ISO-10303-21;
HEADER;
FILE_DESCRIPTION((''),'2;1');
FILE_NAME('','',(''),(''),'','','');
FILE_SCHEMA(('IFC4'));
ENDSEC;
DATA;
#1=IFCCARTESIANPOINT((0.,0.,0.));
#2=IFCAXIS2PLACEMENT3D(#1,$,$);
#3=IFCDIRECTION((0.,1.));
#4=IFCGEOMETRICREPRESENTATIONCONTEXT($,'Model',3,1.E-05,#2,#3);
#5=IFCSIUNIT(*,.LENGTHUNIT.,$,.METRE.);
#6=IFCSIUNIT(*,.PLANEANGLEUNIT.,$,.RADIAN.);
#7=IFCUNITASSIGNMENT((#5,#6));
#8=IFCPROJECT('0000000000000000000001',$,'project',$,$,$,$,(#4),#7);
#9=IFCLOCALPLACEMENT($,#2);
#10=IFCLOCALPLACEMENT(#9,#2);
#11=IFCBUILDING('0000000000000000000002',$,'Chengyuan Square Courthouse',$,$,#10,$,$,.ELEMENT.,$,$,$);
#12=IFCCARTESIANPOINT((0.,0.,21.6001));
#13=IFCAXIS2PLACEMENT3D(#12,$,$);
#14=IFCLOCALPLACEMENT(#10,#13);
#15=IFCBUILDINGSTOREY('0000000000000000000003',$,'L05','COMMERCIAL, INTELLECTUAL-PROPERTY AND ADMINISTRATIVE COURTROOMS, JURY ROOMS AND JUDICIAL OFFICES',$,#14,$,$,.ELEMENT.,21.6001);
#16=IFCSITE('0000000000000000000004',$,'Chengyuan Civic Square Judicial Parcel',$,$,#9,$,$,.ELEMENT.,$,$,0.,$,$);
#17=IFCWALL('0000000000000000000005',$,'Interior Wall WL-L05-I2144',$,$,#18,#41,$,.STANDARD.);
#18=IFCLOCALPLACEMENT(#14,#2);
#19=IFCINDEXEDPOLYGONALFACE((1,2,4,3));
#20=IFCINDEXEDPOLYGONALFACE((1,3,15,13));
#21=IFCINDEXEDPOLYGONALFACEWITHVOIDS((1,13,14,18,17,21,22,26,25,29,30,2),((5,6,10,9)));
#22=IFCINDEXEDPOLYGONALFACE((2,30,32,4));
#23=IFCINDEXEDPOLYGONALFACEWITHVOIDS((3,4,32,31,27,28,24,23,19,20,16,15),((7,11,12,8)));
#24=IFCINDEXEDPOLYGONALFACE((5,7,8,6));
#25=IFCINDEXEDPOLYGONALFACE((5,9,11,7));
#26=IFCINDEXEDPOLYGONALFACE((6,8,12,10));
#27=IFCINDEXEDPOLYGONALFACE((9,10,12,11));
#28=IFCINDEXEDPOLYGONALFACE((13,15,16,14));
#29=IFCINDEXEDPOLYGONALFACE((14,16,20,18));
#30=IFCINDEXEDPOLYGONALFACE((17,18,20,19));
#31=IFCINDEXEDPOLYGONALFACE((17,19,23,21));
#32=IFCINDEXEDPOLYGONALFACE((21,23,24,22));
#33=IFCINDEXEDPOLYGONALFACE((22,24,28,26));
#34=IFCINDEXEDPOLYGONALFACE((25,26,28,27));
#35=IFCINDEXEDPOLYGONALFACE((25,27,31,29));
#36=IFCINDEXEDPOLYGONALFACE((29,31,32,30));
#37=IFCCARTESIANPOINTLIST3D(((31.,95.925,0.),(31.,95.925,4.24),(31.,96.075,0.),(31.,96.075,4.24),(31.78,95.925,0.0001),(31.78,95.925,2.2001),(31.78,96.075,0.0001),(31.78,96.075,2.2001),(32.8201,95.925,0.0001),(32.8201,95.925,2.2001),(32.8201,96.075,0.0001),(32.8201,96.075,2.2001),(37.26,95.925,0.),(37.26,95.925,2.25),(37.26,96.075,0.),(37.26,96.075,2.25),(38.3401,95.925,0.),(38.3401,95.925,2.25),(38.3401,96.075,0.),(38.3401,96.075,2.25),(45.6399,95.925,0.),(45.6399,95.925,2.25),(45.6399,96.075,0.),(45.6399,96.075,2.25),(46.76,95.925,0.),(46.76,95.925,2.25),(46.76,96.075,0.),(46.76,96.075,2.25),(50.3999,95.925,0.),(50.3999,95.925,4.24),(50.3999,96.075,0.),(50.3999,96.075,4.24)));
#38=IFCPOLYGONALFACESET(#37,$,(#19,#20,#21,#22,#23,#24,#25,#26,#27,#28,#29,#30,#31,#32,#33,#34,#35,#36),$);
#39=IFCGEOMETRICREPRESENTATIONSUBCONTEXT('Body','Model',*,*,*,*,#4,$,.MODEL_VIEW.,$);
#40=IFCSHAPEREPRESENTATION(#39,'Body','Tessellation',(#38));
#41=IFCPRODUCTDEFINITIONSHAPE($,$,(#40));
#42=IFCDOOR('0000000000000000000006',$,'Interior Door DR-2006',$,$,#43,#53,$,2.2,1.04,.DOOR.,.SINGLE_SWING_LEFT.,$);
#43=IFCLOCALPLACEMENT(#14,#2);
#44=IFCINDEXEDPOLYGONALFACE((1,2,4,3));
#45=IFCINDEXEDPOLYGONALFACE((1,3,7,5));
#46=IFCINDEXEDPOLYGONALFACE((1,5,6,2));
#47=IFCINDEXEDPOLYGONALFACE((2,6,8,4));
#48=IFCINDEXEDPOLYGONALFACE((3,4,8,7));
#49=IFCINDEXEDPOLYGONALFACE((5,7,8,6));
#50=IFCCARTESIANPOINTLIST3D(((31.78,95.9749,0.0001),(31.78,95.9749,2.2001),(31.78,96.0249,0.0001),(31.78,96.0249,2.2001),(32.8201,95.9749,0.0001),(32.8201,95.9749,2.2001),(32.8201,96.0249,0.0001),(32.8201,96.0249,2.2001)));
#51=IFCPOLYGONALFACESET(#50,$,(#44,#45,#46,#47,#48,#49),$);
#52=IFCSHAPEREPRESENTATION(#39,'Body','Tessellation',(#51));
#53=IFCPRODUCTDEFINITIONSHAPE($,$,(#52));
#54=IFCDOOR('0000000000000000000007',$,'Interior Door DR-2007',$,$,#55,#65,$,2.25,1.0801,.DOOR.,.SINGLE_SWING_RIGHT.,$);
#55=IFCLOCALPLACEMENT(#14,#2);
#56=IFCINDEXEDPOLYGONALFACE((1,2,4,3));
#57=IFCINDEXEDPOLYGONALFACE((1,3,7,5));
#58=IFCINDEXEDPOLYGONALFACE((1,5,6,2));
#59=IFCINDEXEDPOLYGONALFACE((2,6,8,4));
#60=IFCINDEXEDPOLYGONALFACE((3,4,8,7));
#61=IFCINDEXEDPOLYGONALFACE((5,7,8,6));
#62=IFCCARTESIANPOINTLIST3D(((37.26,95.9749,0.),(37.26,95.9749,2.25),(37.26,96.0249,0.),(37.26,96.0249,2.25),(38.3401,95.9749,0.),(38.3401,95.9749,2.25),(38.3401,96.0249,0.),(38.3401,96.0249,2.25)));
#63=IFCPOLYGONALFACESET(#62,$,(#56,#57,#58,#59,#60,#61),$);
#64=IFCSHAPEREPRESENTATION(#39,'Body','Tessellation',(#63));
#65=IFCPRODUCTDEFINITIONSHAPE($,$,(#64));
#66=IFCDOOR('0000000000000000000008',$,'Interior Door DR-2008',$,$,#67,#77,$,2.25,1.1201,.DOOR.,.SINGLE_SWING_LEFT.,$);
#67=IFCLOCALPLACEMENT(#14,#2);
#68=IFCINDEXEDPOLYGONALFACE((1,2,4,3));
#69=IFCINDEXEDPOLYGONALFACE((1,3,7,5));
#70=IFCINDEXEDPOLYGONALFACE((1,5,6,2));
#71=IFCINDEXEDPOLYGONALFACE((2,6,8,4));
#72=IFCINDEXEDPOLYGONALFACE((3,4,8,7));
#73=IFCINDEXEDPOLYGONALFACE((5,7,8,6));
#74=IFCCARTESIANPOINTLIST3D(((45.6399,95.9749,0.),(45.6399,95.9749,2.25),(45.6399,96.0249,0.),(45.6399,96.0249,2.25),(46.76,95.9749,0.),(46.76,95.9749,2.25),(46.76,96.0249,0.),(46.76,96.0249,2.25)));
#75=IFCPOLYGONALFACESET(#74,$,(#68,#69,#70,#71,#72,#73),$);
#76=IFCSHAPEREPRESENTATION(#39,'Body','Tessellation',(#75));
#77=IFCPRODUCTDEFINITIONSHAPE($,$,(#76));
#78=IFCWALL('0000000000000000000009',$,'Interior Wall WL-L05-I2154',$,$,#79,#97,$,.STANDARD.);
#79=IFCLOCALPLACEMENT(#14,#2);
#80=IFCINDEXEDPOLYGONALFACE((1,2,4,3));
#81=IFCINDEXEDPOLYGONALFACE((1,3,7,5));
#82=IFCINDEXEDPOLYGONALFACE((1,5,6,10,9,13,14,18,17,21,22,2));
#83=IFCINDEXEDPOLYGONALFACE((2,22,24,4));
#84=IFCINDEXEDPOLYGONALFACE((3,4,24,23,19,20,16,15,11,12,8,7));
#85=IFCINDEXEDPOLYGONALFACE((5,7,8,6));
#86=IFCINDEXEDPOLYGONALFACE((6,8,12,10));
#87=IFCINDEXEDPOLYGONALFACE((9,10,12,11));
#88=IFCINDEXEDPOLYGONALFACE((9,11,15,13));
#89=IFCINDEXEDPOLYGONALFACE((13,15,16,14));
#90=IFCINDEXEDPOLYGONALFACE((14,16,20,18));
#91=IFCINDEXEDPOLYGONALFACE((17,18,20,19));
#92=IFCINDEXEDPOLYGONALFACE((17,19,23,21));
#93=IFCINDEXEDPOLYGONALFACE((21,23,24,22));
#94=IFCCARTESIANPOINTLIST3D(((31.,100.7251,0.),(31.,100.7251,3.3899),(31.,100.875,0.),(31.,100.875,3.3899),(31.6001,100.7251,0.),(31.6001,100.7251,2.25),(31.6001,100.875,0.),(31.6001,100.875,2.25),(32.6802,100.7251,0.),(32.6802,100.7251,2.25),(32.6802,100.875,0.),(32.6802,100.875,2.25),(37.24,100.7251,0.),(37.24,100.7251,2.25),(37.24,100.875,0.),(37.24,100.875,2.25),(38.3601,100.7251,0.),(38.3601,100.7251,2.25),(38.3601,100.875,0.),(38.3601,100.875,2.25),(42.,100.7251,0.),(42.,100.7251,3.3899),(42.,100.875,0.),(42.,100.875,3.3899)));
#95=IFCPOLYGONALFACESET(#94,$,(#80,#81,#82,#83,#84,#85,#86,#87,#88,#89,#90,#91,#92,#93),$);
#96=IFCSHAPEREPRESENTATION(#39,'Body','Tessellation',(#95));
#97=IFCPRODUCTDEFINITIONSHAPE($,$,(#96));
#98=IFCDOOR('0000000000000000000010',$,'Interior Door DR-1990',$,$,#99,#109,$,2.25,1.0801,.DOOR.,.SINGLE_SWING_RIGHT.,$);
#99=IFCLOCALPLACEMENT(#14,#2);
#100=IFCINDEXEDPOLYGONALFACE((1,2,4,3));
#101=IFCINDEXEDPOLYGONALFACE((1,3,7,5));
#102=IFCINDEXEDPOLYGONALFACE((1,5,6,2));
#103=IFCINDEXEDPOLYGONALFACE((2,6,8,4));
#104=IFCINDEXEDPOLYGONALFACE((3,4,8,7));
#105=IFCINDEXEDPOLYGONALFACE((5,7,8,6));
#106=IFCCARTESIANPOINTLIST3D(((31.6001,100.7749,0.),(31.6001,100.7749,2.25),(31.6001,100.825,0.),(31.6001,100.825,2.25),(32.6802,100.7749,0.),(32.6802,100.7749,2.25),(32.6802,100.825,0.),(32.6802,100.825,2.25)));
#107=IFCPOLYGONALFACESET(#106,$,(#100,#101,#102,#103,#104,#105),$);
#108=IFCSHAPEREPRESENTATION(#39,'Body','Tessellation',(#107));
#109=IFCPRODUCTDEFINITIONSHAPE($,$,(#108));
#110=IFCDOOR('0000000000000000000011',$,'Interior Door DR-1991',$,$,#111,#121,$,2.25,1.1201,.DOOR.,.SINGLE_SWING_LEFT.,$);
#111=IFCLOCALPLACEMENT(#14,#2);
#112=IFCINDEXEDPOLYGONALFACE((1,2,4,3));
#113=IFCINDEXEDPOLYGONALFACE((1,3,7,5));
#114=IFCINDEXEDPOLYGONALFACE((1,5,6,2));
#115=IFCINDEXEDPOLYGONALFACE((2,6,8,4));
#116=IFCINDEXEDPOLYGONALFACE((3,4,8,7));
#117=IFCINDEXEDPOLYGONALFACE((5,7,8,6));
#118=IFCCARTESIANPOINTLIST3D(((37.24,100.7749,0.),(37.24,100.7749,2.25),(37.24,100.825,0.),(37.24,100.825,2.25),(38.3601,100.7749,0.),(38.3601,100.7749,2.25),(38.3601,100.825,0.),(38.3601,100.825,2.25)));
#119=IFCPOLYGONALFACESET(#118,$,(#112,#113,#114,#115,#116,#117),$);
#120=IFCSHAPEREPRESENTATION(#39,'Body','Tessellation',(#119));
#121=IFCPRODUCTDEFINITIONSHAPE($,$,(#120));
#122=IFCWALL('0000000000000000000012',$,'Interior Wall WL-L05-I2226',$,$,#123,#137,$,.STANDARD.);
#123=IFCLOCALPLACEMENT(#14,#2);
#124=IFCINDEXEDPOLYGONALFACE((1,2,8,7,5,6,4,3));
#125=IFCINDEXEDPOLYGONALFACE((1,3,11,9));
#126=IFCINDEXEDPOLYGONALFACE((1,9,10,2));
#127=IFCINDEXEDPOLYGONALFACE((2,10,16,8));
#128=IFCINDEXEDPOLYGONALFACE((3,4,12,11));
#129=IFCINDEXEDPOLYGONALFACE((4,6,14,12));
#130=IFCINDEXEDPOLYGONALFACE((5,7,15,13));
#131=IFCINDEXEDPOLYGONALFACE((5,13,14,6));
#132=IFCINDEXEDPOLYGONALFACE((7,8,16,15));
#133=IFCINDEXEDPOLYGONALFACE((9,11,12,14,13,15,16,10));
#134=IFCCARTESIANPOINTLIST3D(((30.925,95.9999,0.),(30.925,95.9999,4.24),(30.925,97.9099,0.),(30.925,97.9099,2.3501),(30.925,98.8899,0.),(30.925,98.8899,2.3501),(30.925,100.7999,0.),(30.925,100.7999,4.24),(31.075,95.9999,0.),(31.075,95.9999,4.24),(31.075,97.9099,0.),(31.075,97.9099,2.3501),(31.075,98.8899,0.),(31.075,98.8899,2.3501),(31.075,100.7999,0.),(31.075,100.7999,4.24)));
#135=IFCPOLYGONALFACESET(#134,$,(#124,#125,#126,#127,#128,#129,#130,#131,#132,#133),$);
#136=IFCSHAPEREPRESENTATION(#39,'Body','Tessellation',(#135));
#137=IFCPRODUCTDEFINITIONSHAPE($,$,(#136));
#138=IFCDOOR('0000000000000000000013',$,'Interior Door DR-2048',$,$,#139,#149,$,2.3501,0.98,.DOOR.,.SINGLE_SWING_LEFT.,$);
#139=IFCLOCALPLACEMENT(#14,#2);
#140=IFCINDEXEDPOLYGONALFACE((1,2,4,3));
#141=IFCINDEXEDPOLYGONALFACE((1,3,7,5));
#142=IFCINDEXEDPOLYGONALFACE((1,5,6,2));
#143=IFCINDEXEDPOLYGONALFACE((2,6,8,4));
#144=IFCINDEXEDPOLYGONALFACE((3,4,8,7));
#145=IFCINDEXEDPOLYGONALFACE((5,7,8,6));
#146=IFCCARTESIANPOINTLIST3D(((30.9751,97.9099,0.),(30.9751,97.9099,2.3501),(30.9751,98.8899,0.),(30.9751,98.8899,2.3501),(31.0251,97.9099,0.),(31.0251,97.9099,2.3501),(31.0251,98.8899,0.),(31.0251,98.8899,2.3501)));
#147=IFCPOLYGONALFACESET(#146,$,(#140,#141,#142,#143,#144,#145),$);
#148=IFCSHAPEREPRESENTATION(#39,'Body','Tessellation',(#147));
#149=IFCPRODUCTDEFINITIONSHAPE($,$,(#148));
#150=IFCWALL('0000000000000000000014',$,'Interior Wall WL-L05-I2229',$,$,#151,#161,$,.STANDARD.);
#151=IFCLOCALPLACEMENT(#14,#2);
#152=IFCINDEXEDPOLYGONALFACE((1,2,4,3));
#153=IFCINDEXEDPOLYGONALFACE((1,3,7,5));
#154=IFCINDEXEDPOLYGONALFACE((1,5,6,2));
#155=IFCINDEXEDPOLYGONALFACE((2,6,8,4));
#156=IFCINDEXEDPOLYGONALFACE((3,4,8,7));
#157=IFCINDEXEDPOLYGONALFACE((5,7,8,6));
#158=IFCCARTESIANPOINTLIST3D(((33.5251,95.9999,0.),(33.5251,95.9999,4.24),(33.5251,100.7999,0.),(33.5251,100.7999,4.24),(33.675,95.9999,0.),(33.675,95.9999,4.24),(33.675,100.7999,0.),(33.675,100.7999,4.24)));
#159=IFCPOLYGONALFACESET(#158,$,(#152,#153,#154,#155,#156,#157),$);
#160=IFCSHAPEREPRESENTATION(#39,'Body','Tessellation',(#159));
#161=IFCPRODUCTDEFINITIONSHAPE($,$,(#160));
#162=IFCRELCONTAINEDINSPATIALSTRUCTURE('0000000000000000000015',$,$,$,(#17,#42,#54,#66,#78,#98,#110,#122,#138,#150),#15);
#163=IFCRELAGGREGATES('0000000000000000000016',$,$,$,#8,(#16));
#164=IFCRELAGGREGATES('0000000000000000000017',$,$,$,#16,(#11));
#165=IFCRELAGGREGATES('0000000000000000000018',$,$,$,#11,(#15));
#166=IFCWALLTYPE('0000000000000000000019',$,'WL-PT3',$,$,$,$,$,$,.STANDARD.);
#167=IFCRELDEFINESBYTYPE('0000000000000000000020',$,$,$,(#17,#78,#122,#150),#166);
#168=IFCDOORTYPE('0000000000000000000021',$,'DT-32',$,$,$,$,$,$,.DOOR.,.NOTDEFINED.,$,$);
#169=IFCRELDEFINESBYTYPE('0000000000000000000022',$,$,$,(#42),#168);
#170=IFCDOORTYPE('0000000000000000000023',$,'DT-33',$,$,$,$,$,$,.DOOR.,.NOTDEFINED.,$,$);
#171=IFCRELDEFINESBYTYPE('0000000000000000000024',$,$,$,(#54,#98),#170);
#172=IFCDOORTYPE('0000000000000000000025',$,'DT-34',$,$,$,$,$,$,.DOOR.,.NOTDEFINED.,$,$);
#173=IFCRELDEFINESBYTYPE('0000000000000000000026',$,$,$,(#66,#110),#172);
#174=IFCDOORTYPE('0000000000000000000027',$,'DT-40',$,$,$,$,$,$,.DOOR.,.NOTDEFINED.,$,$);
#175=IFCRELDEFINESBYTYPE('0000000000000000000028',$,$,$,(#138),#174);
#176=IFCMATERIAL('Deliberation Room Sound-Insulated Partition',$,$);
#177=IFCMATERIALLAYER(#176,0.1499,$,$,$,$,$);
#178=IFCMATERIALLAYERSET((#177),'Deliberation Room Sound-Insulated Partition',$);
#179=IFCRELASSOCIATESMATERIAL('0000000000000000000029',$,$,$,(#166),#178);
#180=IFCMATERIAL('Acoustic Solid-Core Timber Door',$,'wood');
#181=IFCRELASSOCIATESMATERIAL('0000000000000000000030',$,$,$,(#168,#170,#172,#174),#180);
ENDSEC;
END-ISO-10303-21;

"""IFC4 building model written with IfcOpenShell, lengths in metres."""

from ifc_helpers import new_model, si_unit, direction, frame, frame_2d, origin, place, context, subcontext, project, spatial, rectangle, extrude, material, layer, layer_set, type_object, element, fill, save


model = new_model("IFC4")

# Units and contexts
model_context = context("Model", 3, precision=1e-05, world=origin(), true_north=direction((0.0, 1.0)))
body_context = subcontext(model_context, "Body", "Model", "MODEL_VIEW")
ifc_project = project(units=[si_unit("LENGTHUNIT", "METRE"), si_unit("PLANEANGLEUNIT", "RADIAN")], contexts=[model_context])

# Site, building, storey
site_placement = place(None, origin())
site = spatial("IfcSite", under=ifc_project, at=site_placement, Name="Chengyuan Civic Square Judicial Parcel", CompositionType="ELEMENT", RefElevation=0.0)
building_placement = place(site_placement, origin())
building = spatial("IfcBuilding", under=site, at=building_placement, Name="Chengyuan Square Courthouse", CompositionType="ELEMENT")
storey_placement = place(building_placement, frame((0.0, 0.0, 21.6001)))
storey = spatial("IfcBuildingStorey", under=building, at=storey_placement, Name="L05", Description="COMMERCIAL, INTELLECTUAL-PROPERTY AND ADMINISTRATIVE COURTROOMS, JURY ROOMS AND JUDICIAL OFFICES", CompositionType="ELEMENT", Elevation=21.6001)

# Walls, openings, doors
ifc_material_1 = material(Name="Deliberation Room Sound-Insulated Partition")
ifc_layer_1 = layer(ifc_material_1, 0.1499)
ifc_layer_set_1 = layer_set([ifc_layer_1], Name="Deliberation Room Sound-Insulated Partition")
wall_type_1 = type_object("IfcWallType", Name="WL-PT3", PredefinedType="STANDARD", material=ifc_layer_set_1)
wall_1_placement = place(storey_placement, frame((31.0, 96.0, 0.0), z_axis=(0.0, 0.0, 1.0), x_axis=(1.0, 0.0, 0.0)))
wall_1 = element("IfcWall", 1, at=wall_1_placement, inside=storey, type_object=wall_type_1, Name="Interior Wall WL-L05-I2144", PredefinedType="STANDARD", context=body_context, shape_type="SweptSolid", body=[
    extrude(rectangle(XDim=19.3999, YDim=0.1499, at=frame_2d((9.7, 0.0))), origin(), (0.0, 0.0, 1.0), 4.24),
])
opening_1_placement = place(wall_1_placement, frame((0.78, 0.0, 0.0)))
opening_1 = element("IfcOpeningElement", 2, at=opening_1_placement, cuts=wall_1, PredefinedType="OPENING", context=body_context, shape_type="SweptSolid", body=[
    extrude(rectangle(XDim=1.04, YDim=2.2, at=frame_2d((0.52, 1.1001))), frame((0.0, 0.0869, 0.0), z_axis=(0.0, -1.0, 0.0), x_axis=(1.0, 0.0, 0.0)), (0.0, 0.0, 1.0), 0.1738),
])
opening_2_placement = place(wall_1_placement, frame((6.26, 0.0, 0.0)))
opening_2 = element("IfcOpeningElement", 3, at=opening_2_placement, cuts=wall_1, PredefinedType="OPENING", context=body_context, shape_type="SweptSolid", body=[
    extrude(rectangle(XDim=1.0801, YDim=2.25, at=frame_2d((0.54, 1.125))), frame((0.0, 0.0869, 0.0), z_axis=(0.0, -1.0, 0.0), x_axis=(1.0, 0.0, 0.0)), (0.0, 0.0, 1.0), 0.1738),
])
opening_3_placement = place(wall_1_placement, frame((14.6399, 0.0, 0.0)))
opening_3 = element("IfcOpeningElement", 4, at=opening_3_placement, cuts=wall_1, PredefinedType="OPENING", context=body_context, shape_type="SweptSolid", body=[
    extrude(rectangle(XDim=1.1201, YDim=2.25, at=frame_2d((0.5601, 1.125))), frame((0.0, 0.0869, 0.0), z_axis=(0.0, -1.0, 0.0), x_axis=(1.0, 0.0, 0.0)), (0.0, 0.0, 1.0), 0.1738),
])
ifc_material_2 = material(Name="Acoustic Solid-Core Timber Door", Category="wood")
door_type_1 = type_object("IfcDoorType", Name="DT-32", OperationType="NOTDEFINED", PredefinedType="DOOR", material=ifc_material_2)
door_1_placement = place(opening_1_placement, origin())
door_1 = element("IfcDoor", 5, at=door_1_placement, inside=storey, type_object=door_type_1, Name="Interior Door DR-2006", OperationType="SINGLE_SWING_LEFT", OverallHeight=2.2, OverallWidth=1.04, PredefinedType="DOOR", context=body_context, shape_type="SweptSolid", body=[
    extrude(rectangle(XDim=1.04, YDim=2.2, at=frame_2d((0.52, 1.1001))), frame((0.0, 0.0249, 0.0), z_axis=(0.0, -1.0, 0.0), x_axis=(1.0, 0.0, 0.0)), (0.0, 0.0, 1.0), 0.05),
])
fill(opening_1, door_1)
door_type_2 = type_object("IfcDoorType", Name="DT-33", OperationType="NOTDEFINED", PredefinedType="DOOR", material=ifc_material_2)
door_2_placement = place(opening_2_placement, origin())
door_2 = element("IfcDoor", 6, at=door_2_placement, inside=storey, type_object=door_type_2, Name="Interior Door DR-2007", OperationType="SINGLE_SWING_RIGHT", OverallHeight=2.25, OverallWidth=1.0801, PredefinedType="DOOR", context=body_context, shape_type="SweptSolid", body=[
    extrude(rectangle(XDim=1.0801, YDim=2.25, at=frame_2d((0.54, 1.125))), frame((0.0, 0.0249, 0.0), z_axis=(0.0, -1.0, 0.0), x_axis=(1.0, 0.0, 0.0)), (0.0, 0.0, 1.0), 0.05),
])
fill(opening_2, door_2)
door_type_3 = type_object("IfcDoorType", Name="DT-34", OperationType="NOTDEFINED", PredefinedType="DOOR", material=ifc_material_2)
door_3_placement = place(opening_3_placement, origin())
door_3 = element("IfcDoor", 7, at=door_3_placement, inside=storey, type_object=door_type_3, Name="Interior Door DR-2008", OperationType="SINGLE_SWING_LEFT", OverallHeight=2.25, OverallWidth=1.1201, PredefinedType="DOOR", context=body_context, shape_type="SweptSolid", body=[
    extrude(rectangle(XDim=1.1201, YDim=2.25, at=frame_2d((0.5601, 1.125))), frame((0.0, 0.0249, 0.0), z_axis=(0.0, -1.0, 0.0), x_axis=(1.0, 0.0, 0.0)), (0.0, 0.0, 1.0), 0.05),
])
fill(opening_3, door_3)
wall_2_placement = place(storey_placement, frame((31.0, 100.8, 0.0), z_axis=(0.0, 0.0, 1.0), x_axis=(1.0, 0.0, 0.0)))
wall_2 = element("IfcWall", 8, at=wall_2_placement, inside=storey, type_object=wall_type_1, Name="Interior Wall WL-L05-I2154", PredefinedType="STANDARD", context=body_context, shape_type="SweptSolid", body=[
    extrude(rectangle(XDim=11.0, YDim=0.1499, at=frame_2d((5.5, 0.0))), origin(), (0.0, 0.0, 1.0), 3.3899),
])
opening_4_placement = place(wall_2_placement, frame((0.6001, 0.0, 0.0)))
opening_4 = element("IfcOpeningElement", 9, at=opening_4_placement, cuts=wall_2, PredefinedType="OPENING", context=body_context, shape_type="SweptSolid", body=[
    extrude(rectangle(XDim=1.0801, YDim=2.25, at=frame_2d((0.54, 1.125))), frame((0.0, 0.0869, 0.0), z_axis=(0.0, -1.0, 0.0), x_axis=(1.0, 0.0, 0.0)), (0.0, 0.0, 1.0), 0.1738),
])
opening_5_placement = place(wall_2_placement, frame((6.24, 0.0, 0.0)))
opening_5 = element("IfcOpeningElement", 10, at=opening_5_placement, cuts=wall_2, PredefinedType="OPENING", context=body_context, shape_type="SweptSolid", body=[
    extrude(rectangle(XDim=1.1201, YDim=2.25, at=frame_2d((0.5601, 1.125))), frame((0.0, 0.0869, 0.0), z_axis=(0.0, -1.0, 0.0), x_axis=(1.0, 0.0, 0.0)), (0.0, 0.0, 1.0), 0.1738),
])
door_4_placement = place(opening_4_placement, origin())
door_4 = element("IfcDoor", 11, at=door_4_placement, inside=storey, type_object=door_type_2, Name="Interior Door DR-1990", OperationType="SINGLE_SWING_RIGHT", OverallHeight=2.25, OverallWidth=1.0801, PredefinedType="DOOR", context=body_context, shape_type="SweptSolid", body=[
    extrude(rectangle(XDim=1.0801, YDim=2.25, at=frame_2d((0.54, 1.125))), frame((0.0, 0.0249, 0.0), z_axis=(0.0, -1.0, 0.0), x_axis=(1.0, 0.0, 0.0)), (0.0, 0.0, 1.0), 0.05),
])
fill(opening_4, door_4)
door_5_placement = place(opening_5_placement, origin())
door_5 = element("IfcDoor", 12, at=door_5_placement, inside=storey, type_object=door_type_3, Name="Interior Door DR-1991", OperationType="SINGLE_SWING_LEFT", OverallHeight=2.25, OverallWidth=1.1201, PredefinedType="DOOR", context=body_context, shape_type="SweptSolid", body=[
    extrude(rectangle(XDim=1.1201, YDim=2.25, at=frame_2d((0.5601, 1.125))), frame((0.0, 0.0249, 0.0), z_axis=(0.0, -1.0, 0.0), x_axis=(1.0, 0.0, 0.0)), (0.0, 0.0, 1.0), 0.05),
])
fill(opening_5, door_5)

# Wall, opening, door
wall_3_placement = place(storey_placement, frame((31.0, 96.0, 0.0), z_axis=(0.0, 0.0, 1.0), x_axis=(0.0, 1.0, 0.0)))
wall_3 = element("IfcWall", 13, at=wall_3_placement, inside=storey, type_object=wall_type_1, Name="Interior Wall WL-L05-I2226", PredefinedType="STANDARD", context=body_context, shape_type="SweptSolid", body=[
    extrude(rectangle(XDim=4.8, YDim=0.1499, at=frame_2d((2.3999, 0.0))), origin(), (0.0, 0.0, 1.0), 4.24),
])
opening_6_placement = place(wall_3_placement, frame((1.9099, 0.0, 0.0)))
opening_6 = element("IfcOpeningElement", 14, at=opening_6_placement, cuts=wall_3, PredefinedType="OPENING", context=body_context, shape_type="SweptSolid", body=[
    extrude(rectangle(XDim=0.98, YDim=2.3501, at=frame_2d((0.49, 1.175))), frame((0.0, 0.0869, 0.0), z_axis=(0.0, -1.0, 0.0), x_axis=(1.0, 0.0, 0.0)), (0.0, 0.0, 1.0), 0.1738),
])
door_type_4 = type_object("IfcDoorType", Name="DT-40", OperationType="NOTDEFINED", PredefinedType="DOOR", material=ifc_material_2)
door_6_placement = place(opening_6_placement, origin())
door_6 = element("IfcDoor", 15, at=door_6_placement, inside=storey, type_object=door_type_4, Name="Interior Door DR-2048", OperationType="SINGLE_SWING_LEFT", OverallHeight=2.3501, OverallWidth=0.98, PredefinedType="DOOR", context=body_context, shape_type="SweptSolid", body=[
    extrude(rectangle(XDim=0.98, YDim=2.3501, at=frame_2d((0.49, 1.175))), frame((0.0, 0.0249, 0.0), z_axis=(0.0, -1.0, 0.0), x_axis=(1.0, 0.0, 0.0)), (0.0, 0.0, 1.0), 0.05),
])
fill(opening_6, door_6)

# Wall
wall_4_placement = place(storey_placement, frame((33.6001, 96.0, 0.0), z_axis=(0.0, 0.0, 1.0), x_axis=(0.0, 1.0, 0.0)))
element("IfcWall", 16, at=wall_4_placement, inside=storey, type_object=wall_type_1, Name="Interior Wall WL-L05-I2229", PredefinedType="STANDARD", context=body_context, shape_type="SweptSolid", body=[
    extrude(rectangle(XDim=4.8, YDim=0.1499, at=frame_2d((2.3999, 0.0))), origin(), (0.0, 0.0, 1.0), 4.24),
])

save(model, "model.ifc")
